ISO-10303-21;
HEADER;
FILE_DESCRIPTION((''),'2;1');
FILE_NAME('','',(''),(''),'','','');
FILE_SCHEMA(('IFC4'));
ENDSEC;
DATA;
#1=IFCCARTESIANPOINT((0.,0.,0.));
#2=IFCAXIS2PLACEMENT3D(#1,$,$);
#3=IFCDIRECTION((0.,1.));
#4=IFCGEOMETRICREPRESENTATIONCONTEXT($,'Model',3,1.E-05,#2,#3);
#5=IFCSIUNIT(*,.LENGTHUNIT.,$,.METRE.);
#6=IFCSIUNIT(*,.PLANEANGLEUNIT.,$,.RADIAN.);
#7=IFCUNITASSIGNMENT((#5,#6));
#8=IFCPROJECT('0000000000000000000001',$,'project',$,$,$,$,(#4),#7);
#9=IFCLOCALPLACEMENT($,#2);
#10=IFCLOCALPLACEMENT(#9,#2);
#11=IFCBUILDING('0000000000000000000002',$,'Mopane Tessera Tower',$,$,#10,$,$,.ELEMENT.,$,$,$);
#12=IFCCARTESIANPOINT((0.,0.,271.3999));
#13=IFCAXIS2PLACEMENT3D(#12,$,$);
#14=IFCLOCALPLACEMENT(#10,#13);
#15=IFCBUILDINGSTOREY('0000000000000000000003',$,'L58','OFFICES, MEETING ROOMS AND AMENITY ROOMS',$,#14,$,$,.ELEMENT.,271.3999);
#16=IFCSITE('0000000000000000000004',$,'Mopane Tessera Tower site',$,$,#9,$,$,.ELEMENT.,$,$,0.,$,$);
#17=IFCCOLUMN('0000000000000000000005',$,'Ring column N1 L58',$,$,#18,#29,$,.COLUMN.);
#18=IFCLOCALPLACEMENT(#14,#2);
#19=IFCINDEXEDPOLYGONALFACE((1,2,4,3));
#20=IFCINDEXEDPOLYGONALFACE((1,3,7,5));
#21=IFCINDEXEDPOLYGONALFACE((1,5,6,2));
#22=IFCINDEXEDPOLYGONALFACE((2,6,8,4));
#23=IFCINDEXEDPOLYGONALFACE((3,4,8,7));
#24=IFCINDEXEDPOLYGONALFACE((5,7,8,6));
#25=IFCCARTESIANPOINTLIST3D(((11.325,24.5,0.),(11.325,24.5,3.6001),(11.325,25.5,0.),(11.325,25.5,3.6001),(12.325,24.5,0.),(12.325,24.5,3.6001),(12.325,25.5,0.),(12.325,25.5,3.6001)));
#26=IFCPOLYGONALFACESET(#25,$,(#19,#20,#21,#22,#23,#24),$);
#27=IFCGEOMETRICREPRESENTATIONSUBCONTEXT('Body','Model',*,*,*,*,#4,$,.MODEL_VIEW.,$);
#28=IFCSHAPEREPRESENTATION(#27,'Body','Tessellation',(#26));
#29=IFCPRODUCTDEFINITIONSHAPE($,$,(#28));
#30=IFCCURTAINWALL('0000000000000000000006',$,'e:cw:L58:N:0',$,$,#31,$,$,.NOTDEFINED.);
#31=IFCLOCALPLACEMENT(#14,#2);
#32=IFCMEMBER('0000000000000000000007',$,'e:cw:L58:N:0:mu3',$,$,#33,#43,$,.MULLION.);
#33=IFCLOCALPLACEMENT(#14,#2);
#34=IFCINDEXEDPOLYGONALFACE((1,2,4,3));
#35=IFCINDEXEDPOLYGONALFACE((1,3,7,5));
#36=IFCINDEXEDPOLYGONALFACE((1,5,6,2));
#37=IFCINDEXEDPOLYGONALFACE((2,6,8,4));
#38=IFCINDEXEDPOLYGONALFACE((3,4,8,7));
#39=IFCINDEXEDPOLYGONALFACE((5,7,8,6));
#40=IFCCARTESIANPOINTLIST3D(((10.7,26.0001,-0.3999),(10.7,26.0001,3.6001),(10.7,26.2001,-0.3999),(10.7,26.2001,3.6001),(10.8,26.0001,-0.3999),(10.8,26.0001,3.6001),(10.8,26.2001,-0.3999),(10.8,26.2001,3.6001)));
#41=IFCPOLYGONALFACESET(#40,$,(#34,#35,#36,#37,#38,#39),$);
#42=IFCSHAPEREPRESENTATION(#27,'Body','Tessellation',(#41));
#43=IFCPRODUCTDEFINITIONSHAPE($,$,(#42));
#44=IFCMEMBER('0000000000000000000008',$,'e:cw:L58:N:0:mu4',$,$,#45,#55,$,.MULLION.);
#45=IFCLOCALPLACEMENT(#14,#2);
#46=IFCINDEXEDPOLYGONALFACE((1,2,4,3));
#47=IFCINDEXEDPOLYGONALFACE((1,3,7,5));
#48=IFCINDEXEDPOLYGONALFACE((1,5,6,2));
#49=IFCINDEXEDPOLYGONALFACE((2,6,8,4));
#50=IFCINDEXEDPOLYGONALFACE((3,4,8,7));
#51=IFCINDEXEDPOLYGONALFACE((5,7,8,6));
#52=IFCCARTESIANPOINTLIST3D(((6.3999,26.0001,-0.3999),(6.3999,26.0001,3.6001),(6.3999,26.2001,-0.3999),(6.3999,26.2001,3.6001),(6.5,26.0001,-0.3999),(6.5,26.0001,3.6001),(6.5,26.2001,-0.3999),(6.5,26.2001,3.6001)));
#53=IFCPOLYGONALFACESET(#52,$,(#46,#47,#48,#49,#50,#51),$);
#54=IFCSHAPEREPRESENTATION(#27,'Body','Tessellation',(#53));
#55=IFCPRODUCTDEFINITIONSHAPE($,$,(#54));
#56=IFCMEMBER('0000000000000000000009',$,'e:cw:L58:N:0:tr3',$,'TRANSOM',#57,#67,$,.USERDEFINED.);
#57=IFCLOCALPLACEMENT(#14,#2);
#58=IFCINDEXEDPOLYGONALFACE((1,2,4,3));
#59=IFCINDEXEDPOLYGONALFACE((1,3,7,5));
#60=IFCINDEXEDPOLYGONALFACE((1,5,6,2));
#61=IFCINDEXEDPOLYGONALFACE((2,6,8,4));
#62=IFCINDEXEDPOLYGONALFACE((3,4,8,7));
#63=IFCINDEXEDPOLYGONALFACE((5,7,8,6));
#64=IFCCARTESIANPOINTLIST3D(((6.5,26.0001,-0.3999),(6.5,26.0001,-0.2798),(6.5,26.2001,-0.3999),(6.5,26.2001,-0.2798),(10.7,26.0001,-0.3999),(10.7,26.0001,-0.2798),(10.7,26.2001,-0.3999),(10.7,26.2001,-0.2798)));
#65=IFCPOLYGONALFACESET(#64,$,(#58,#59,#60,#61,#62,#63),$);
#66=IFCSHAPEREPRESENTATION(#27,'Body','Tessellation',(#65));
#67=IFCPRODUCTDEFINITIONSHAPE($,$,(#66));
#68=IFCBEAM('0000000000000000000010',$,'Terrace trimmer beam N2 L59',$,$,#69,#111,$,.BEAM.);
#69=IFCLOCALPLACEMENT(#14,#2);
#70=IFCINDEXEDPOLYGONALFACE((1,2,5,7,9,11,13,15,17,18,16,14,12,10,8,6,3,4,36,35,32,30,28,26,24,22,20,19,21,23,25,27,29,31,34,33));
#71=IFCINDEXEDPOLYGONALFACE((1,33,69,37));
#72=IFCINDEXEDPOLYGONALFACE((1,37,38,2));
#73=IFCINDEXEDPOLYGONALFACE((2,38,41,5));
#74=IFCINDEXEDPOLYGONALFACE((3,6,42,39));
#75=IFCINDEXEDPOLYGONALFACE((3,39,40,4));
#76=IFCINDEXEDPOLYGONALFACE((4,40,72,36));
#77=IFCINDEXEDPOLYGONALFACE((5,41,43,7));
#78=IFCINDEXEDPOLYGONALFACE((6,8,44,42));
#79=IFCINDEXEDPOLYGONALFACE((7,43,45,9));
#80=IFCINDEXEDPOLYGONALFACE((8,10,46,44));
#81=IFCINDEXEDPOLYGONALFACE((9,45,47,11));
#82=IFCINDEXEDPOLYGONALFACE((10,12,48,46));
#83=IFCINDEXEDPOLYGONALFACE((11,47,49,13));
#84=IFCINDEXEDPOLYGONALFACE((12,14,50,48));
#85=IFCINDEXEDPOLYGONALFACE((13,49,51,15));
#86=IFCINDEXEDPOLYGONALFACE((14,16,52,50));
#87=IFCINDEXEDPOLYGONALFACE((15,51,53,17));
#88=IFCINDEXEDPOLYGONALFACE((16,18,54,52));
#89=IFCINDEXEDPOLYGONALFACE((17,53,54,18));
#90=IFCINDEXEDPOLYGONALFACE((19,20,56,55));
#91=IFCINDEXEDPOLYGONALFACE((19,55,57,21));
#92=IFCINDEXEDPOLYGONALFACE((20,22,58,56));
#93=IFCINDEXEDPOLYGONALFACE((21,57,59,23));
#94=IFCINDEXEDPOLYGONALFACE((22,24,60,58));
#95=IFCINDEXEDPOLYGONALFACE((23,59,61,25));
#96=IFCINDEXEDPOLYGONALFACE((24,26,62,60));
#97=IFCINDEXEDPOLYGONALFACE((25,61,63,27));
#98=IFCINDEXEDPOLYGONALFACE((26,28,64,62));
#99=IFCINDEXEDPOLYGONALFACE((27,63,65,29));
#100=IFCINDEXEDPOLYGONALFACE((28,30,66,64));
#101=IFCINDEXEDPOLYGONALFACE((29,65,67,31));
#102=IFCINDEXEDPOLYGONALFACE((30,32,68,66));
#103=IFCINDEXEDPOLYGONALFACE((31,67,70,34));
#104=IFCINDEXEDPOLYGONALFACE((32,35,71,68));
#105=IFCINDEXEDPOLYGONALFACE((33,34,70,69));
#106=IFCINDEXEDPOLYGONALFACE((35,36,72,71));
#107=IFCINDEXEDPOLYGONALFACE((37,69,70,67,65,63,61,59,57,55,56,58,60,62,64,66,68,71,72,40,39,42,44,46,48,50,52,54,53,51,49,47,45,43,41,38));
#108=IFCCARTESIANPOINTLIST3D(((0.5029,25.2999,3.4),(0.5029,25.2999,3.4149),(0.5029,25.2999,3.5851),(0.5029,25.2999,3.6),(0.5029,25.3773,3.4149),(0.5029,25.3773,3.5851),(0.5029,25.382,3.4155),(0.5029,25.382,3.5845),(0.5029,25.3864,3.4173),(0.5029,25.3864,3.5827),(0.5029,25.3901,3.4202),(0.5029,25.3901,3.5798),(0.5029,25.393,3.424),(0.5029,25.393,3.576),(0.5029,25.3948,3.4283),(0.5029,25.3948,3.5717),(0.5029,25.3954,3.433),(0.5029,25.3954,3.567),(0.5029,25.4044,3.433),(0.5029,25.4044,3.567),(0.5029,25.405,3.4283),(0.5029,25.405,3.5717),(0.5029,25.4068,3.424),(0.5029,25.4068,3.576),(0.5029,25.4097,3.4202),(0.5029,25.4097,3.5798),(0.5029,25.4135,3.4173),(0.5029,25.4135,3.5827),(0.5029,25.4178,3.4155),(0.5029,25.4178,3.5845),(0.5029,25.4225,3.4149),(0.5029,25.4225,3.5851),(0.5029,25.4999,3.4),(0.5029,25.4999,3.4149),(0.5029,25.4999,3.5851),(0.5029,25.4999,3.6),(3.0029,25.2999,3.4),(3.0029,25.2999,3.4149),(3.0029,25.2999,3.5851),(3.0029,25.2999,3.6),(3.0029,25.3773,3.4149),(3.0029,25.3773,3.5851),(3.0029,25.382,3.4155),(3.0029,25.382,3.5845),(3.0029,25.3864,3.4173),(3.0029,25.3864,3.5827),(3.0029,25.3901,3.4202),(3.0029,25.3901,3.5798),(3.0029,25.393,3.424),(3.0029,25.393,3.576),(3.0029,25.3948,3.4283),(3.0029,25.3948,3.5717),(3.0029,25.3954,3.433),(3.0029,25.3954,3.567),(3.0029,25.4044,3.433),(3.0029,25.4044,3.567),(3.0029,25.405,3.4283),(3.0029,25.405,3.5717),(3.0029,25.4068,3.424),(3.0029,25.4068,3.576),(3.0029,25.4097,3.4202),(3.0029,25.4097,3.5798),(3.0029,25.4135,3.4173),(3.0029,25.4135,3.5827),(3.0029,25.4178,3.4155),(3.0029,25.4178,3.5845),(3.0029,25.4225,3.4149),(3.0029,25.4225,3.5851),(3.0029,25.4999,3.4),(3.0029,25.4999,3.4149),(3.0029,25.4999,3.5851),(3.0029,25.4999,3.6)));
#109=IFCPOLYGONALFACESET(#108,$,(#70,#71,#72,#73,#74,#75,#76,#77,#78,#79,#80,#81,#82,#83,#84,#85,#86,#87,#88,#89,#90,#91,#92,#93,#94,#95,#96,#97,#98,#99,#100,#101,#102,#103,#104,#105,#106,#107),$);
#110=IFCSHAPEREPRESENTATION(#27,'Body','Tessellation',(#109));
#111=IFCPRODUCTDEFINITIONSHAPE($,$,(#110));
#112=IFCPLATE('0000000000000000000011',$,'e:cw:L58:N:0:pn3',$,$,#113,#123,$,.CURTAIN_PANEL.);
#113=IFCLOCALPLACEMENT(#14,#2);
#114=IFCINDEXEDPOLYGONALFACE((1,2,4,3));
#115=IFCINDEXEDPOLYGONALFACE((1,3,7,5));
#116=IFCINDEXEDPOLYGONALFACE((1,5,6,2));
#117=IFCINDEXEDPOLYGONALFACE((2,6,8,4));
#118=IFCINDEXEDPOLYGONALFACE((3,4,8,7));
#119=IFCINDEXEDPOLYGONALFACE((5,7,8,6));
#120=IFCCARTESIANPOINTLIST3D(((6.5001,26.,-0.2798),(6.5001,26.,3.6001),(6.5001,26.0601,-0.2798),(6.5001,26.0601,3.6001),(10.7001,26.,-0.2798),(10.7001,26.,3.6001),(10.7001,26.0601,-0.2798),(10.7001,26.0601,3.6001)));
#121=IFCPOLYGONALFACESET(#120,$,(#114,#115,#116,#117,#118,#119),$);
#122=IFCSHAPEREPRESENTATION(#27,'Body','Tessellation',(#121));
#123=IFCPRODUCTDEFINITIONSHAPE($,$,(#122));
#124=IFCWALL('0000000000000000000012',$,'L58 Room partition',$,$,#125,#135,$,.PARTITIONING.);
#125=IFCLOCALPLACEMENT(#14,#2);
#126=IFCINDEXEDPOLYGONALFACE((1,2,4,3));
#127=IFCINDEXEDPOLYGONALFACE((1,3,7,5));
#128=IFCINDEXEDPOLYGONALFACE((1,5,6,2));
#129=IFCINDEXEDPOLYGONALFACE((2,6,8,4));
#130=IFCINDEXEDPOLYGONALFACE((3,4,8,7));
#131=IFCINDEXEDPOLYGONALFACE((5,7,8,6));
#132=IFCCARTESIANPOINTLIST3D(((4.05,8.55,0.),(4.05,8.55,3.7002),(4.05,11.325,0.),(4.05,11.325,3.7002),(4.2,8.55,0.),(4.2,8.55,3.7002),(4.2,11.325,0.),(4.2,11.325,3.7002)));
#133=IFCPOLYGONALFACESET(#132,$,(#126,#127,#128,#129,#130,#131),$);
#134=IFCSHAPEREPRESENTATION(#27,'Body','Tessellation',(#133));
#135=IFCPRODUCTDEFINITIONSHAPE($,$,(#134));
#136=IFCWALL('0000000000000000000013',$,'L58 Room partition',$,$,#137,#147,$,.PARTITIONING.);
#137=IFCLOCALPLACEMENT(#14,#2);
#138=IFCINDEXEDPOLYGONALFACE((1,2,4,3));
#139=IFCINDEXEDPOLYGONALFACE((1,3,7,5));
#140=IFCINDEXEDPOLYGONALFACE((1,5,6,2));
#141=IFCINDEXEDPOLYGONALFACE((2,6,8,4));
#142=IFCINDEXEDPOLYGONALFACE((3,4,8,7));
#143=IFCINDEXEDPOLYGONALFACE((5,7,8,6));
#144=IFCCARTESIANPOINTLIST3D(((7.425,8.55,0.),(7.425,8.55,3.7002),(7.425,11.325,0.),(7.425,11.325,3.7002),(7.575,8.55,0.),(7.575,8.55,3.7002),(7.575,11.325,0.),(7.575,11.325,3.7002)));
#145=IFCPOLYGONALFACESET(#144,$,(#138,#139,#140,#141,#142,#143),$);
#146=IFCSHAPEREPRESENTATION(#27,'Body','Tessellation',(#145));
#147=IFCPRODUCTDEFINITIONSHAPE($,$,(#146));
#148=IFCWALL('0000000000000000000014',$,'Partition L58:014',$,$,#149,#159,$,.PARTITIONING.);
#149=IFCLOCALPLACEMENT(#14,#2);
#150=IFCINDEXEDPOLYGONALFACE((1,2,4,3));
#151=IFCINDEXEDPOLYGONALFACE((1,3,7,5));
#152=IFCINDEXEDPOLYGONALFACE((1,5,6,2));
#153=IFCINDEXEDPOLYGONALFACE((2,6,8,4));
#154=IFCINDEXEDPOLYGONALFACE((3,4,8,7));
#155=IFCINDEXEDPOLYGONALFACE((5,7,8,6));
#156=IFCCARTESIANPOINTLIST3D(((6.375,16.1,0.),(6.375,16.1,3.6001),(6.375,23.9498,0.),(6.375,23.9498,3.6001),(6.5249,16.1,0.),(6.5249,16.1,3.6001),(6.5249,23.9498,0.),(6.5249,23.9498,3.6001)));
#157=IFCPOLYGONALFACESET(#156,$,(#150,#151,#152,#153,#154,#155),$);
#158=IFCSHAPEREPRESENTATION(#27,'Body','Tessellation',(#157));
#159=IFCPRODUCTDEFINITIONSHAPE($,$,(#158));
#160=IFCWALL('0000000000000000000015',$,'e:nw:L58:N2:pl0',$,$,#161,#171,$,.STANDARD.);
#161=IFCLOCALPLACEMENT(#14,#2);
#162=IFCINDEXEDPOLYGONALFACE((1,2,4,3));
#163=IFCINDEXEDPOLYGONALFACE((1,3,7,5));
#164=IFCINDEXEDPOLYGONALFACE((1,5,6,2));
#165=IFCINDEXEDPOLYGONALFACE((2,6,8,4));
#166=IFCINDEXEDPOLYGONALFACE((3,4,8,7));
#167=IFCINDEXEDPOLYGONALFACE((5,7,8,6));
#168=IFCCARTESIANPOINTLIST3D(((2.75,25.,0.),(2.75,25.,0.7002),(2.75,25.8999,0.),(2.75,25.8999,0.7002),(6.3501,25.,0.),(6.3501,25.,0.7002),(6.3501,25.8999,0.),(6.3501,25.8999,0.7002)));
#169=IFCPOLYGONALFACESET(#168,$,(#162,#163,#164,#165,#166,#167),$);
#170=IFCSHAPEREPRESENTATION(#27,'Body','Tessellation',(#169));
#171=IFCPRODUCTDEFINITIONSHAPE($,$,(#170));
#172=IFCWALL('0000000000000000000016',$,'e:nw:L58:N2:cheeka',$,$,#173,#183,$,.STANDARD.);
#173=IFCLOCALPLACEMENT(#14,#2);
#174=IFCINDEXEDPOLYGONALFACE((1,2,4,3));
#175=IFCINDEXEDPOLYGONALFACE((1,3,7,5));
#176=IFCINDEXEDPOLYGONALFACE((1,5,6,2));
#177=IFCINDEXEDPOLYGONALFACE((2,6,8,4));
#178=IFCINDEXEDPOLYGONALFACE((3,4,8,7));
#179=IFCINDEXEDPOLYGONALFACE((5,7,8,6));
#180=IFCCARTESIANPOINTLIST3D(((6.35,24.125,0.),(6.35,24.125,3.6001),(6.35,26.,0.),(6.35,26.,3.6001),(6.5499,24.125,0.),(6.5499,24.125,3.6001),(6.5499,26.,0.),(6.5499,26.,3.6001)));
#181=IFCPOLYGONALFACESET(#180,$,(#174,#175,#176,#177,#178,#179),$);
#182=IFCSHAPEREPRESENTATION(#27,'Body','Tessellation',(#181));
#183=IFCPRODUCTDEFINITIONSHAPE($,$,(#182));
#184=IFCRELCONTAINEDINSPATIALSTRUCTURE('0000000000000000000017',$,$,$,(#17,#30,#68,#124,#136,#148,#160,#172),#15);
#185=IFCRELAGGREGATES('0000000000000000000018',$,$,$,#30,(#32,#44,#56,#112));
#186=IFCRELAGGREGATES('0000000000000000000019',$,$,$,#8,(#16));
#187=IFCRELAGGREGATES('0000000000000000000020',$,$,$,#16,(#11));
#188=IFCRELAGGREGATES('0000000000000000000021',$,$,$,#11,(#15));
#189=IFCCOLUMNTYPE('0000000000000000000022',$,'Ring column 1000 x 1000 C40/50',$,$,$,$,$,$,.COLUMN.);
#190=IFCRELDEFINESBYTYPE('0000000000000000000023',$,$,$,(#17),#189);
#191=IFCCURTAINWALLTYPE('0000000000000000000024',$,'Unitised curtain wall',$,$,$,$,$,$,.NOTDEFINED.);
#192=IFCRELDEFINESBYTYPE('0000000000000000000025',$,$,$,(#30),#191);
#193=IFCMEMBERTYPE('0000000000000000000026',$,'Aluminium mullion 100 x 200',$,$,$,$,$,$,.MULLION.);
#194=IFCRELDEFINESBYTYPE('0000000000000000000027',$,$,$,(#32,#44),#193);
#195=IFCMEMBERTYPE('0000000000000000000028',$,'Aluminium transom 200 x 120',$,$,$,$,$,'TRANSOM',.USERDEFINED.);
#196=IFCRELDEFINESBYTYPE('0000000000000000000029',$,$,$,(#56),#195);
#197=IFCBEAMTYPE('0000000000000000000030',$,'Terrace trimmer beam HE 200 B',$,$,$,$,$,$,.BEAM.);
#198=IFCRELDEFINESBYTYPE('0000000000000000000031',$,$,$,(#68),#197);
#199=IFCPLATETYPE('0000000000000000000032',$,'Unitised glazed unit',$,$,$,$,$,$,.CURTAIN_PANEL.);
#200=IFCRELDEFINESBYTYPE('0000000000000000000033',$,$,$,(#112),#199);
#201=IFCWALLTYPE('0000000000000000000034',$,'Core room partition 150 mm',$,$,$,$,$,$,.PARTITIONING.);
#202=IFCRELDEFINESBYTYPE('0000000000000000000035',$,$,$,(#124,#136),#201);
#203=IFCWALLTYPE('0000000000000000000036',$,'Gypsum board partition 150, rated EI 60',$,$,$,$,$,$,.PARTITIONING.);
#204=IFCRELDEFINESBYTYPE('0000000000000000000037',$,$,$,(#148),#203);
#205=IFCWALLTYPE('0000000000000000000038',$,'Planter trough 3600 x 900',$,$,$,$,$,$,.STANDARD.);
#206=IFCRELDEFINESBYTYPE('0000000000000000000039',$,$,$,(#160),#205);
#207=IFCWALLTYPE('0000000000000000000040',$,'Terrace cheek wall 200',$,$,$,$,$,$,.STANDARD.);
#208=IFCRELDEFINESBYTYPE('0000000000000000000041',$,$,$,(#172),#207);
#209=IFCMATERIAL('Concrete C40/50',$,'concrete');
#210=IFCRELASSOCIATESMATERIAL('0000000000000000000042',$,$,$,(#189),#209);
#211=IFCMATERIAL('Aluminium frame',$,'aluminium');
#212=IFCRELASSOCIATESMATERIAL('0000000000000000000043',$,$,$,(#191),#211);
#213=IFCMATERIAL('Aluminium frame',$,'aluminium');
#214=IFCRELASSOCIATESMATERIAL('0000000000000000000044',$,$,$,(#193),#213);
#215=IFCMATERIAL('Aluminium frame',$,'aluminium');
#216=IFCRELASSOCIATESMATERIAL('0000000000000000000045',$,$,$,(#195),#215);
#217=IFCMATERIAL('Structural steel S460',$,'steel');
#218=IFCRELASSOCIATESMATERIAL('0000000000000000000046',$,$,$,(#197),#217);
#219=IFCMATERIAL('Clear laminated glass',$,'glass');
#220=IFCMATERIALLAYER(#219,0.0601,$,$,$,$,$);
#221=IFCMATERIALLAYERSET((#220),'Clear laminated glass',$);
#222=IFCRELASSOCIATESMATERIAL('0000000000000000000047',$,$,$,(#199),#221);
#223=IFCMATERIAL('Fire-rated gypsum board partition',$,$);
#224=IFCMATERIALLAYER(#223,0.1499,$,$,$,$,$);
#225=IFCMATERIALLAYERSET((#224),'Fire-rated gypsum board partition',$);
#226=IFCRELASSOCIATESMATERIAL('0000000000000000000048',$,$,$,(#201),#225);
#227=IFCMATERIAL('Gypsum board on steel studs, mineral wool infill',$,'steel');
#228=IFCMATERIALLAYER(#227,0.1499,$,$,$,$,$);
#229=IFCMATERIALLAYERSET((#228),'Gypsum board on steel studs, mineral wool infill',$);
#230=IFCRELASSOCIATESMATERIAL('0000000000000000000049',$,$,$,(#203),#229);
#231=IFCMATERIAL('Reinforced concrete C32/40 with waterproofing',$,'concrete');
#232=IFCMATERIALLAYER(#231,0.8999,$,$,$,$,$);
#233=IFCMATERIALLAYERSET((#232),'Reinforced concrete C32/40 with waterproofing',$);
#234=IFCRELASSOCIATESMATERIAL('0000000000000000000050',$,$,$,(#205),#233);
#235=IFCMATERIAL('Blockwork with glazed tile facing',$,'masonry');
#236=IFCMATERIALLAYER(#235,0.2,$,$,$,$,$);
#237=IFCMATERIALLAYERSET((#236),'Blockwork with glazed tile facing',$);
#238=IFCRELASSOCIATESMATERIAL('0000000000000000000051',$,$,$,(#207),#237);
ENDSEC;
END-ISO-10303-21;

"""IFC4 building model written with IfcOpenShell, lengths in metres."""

from ifc_helpers import new_model, si_unit, direction, frame, frame_2d, origin, origin_2d, place, context, subcontext, project, spatial, rectangle, i_section, extrude, material, layer, layer_set, material_profile, profile_set, type_object, element, aggregate, save


model = new_model("IFC4")

# Units and contexts
model_context = context("Model", 3, precision=1e-05, world=origin(), true_north=direction((0.0, 1.0)))
body_context = subcontext(model_context, "Body", "Model", "MODEL_VIEW")
ifc_project = project(units=[si_unit("LENGTHUNIT", "METRE"), si_unit("PLANEANGLEUNIT", "RADIAN")], contexts=[model_context])

# Site, building, storey
site_placement = place(None, origin())
site = spatial("IfcSite", under=ifc_project, at=site_placement, Name="Mopane Tessera Tower site", CompositionType="ELEMENT", RefElevation=0.0)
building_placement = place(site_placement, origin())
building = spatial("IfcBuilding", under=site, at=building_placement, Name="Mopane Tessera Tower", CompositionType="ELEMENT")
storey_placement = place(building_placement, frame((0.0, 0.0, 271.3999)))
storey = spatial("IfcBuildingStorey", under=building, at=storey_placement, Name="L58", Description="OFFICES, MEETING ROOMS AND AMENITY ROOMS", CompositionType="ELEMENT", Elevation=271.3999)

# Column
ifc_material_1 = material(Name="Concrete C40/50", Category="concrete")
ifc_material_profile_1 = material_profile(ifc_material_1, rectangle(XDim=1.0, YDim=1.0, at=origin_2d()))
ifc_profile_set_1 = profile_set([ifc_material_profile_1], Name="Concrete C40/50")
column_type = type_object("IfcColumnType", Name="Ring column 1000 x 1000 C40/50", PredefinedType="COLUMN", material=ifc_profile_set_1)
column_placement = place(storey_placement, frame((11.825, 25.0, 0.0), z_axis=(0.0, 0.0, 1.0), x_axis=(1.0, 0.0, 0.0)))
element("IfcColumn", 1, at=column_placement, inside=storey, type_object=column_type, Name="Ring column N1 L58", PredefinedType="COLUMN", context=body_context, shape_type="SweptSolid", body=[
    extrude(rectangle(XDim=1.0, YDim=1.0, at=origin_2d()), origin(), (0.0, 0.0, 1.0), 3.6001),
])

# Curtain wall, members
ifc_material_2 = material(Name="Aluminium frame", Category="aluminium")
curtain_wall_type = type_object("IfcCurtainWallType", Name="Unitised curtain wall", PredefinedType="NOTDEFINED", material=ifc_material_2)
curtain_wall_placement = place(storey_placement, origin())
curtain_wall = element("IfcCurtainWall", 2, at=curtain_wall_placement, inside=storey, type_object=curtain_wall_type, Name="e:cw:L58:N:0", PredefinedType="NOTDEFINED")
ifc_material_3 = material(Name="Aluminium frame", Category="aluminium")
ifc_material_profile_2 = material_profile(ifc_material_3, rectangle(XDim=0.1001, YDim=0.2, at=origin_2d()))
ifc_profile_set_2 = profile_set([ifc_material_profile_2], Name="Aluminium frame")
member_type_1 = type_object("IfcMemberType", Name="Aluminium mullion 100 x 200", PredefinedType="MULLION", material=ifc_profile_set_2)
member_1_placement = place(storey_placement, frame((10.75, 26.1001, -0.3999), z_axis=(0.0, 0.0, 1.0), x_axis=(-1.0, 0.0, 0.0)))
member_1 = element("IfcMember", 3, at=member_1_placement, type_object=member_type_1, Name="e:cw:L58:N:0:mu3", PredefinedType="MULLION", context=body_context, shape_type="SweptSolid", body=[
    extrude(rectangle(XDim=0.1001, YDim=0.2, at=origin_2d()), origin(), (0.0, 0.0, 1.0), 4.0),
])
member_2_placement = place(storey_placement, frame((6.45, 26.1001, -0.3999), z_axis=(0.0, 0.0, 1.0), x_axis=(-1.0, 0.0, 0.0)))
member_2 = element("IfcMember", 4, at=member_2_placement, type_object=member_type_1, Name="e:cw:L58:N:0:mu4", PredefinedType="MULLION", context=body_context, shape_type="SweptSolid", body=[
    extrude(rectangle(XDim=0.1001, YDim=0.2, at=origin_2d()), origin(), (0.0, 0.0, 1.0), 4.0),
])
ifc_material_4 = material(Name="Aluminium frame", Category="aluminium")
ifc_material_profile_3 = material_profile(ifc_material_4, rectangle(XDim=0.2, YDim=0.1201, at=origin_2d()))
ifc_profile_set_3 = profile_set([ifc_material_profile_3], Name="Aluminium frame")
member_type_2 = type_object("IfcMemberType", Name="Aluminium transom 200 x 120", ElementType="TRANSOM", PredefinedType="USERDEFINED", material=ifc_profile_set_3)
member_3_placement = place(storey_placement, frame((10.7, 26.1001, -0.3398), z_axis=(-1.0, 0.0, 0.0), x_axis=(0.0, -1.0, 0.0)))
member_3 = element("IfcMember", 5, at=member_3_placement, type_object=member_type_2, Name="e:cw:L58:N:0:tr3", ObjectType="TRANSOM", PredefinedType="USERDEFINED", context=body_context, shape_type="SweptSolid", body=[
    extrude(rectangle(XDim=0.2, YDim=0.1201, at=origin_2d()), origin(), (0.0, 0.0, 1.0), 4.2),
])

# Beam
ifc_material_5 = material(Name="Structural steel S460", Category="steel")
ifc_material_profile_4 = material_profile(ifc_material_5, i_section(OverallWidth=0.2, OverallDepth=0.2, WebThickness=0.009, FlangeThickness=0.0149, FilletRadius=0.0181, at=origin_2d()))
ifc_profile_set_4 = profile_set([ifc_material_profile_4], Name="Structural steel S460")
beam_type = type_object("IfcBeamType", Name="Terrace trimmer beam HE 200 B", PredefinedType="BEAM", material=ifc_profile_set_4)
beam_placement = place(storey_placement, frame((0.5029, 25.3999, 3.5), z_axis=(1.0, 0.0, 0.0), x_axis=(0.0, 1.0, 0.0)))
element("IfcBeam", 6, at=beam_placement, inside=storey, type_object=beam_type, Name="Terrace trimmer beam N2 L59", PredefinedType="BEAM", context=body_context, shape_type="SweptSolid", body=[
    extrude(i_section(OverallWidth=0.2, OverallDepth=0.2, WebThickness=0.009, FlangeThickness=0.0149, FilletRadius=0.0181, at=origin_2d()), origin(), (0.0, 0.0, 1.0), 2.5),
])

# Plate
ifc_material_6 = material(Name="Clear laminated glass", Category="glass")
ifc_layer_1 = layer(ifc_material_6, 0.0601)
ifc_layer_set_1 = layer_set([ifc_layer_1], Name="Clear laminated glass")
plate_type = type_object("IfcPlateType", Name="Unitised glazed unit", PredefinedType="CURTAIN_PANEL", material=ifc_layer_set_1)
plate_placement = place(storey_placement, frame((8.6001, 26.03, -0.2798), z_axis=(0.0, 0.0, 1.0), x_axis=(-1.0, 0.0, 0.0)))
plate = element("IfcPlate", 7, at=plate_placement, type_object=plate_type, Name="e:cw:L58:N:0:pn3", PredefinedType="CURTAIN_PANEL", context=body_context, shape_type="SweptSolid", body=[
    extrude(rectangle(XDim=4.2, YDim=0.0601, at=origin_2d()), origin(), (0.0, 0.0, 1.0), 3.8799),
])
aggregate(curtain_wall, [member_1, member_2, member_3, plate])

# Walls
ifc_material_7 = material(Name="Fire-rated gypsum board partition")
ifc_layer_2 = layer(ifc_material_7, 0.1499)
ifc_layer_set_2 = layer_set([ifc_layer_2], Name="Fire-rated gypsum board partition")
wall_type_1 = type_object("IfcWallType", Name="Core room partition 150 mm", PredefinedType="PARTITIONING", material=ifc_layer_set_2)
for number, where, z_axis, x_axis, name in (
    (8, (4.125, 8.55, 0.0), (0.0, 0.0, 1.0), (0.0, 1.0, 0.0), "L58 Room partition"),
    (9, (7.5, 8.55, 0.0), (0.0, 0.0, 1.0), (0.0, 1.0, 0.0), "L58 Room partition"),
):
    element("IfcWall", number, at=place(storey_placement, frame(where, z_axis=z_axis, x_axis=x_axis)), inside=storey, type_object=wall_type_1, Name=name, PredefinedType="PARTITIONING", context=body_context, shape_type="SweptSolid", body=[
        extrude(rectangle(XDim=2.7749, YDim=0.1499, at=frame_2d((1.3875, 0.0))), origin(), (0.0, 0.0, 1.0), 3.7002),
    ])
ifc_material_8 = material(Name="Gypsum board on steel studs, mineral wool infill", Category="steel")
ifc_layer_3 = layer(ifc_material_8, 0.1499)
ifc_layer_set_3 = layer_set([ifc_layer_3], Name="Gypsum board on steel studs, mineral wool infill")
wall_type_2 = type_object("IfcWallType", Name="Gypsum board partition 150, rated EI 60", PredefinedType="PARTITIONING", material=ifc_layer_set_3)
wall_1_placement = place(storey_placement, frame((6.45, 16.1001, 0.0), z_axis=(0.0, 0.0, 1.0), x_axis=(0.0, 1.0, 0.0)))
element("IfcWall", 10, at=wall_1_placement, inside=storey, type_object=wall_type_2, Name="Partition L58:014", PredefinedType="PARTITIONING", context=body_context, shape_type="SweptSolid", body=[
    extrude(rectangle(XDim=7.8499, YDim=0.1499, at=frame_2d((3.9248, 0.0))), origin(), (0.0, 0.0, 1.0), 3.6001),
])
ifc_material_9 = material(Name="Reinforced concrete C32/40 with waterproofing", Category="concrete")
ifc_layer_4 = layer(ifc_material_9, 0.8999)
ifc_layer_set_4 = layer_set([ifc_layer_4], Name="Reinforced concrete C32/40 with waterproofing")
wall_type_3 = type_object("IfcWallType", Name="Planter trough 3600 x 900", PredefinedType="STANDARD", material=ifc_layer_set_4)
wall_2_placement = place(storey_placement, frame((6.3501, 25.45, 0.0), z_axis=(0.0, 0.0, 1.0), x_axis=(-1.0, 0.0, 0.0)))
element("IfcWall", 11, at=wall_2_placement, inside=storey, type_object=wall_type_3, Name="e:nw:L58:N2:pl0", PredefinedType="STANDARD", context=body_context, shape_type="SweptSolid", body=[
    extrude(rectangle(XDim=3.6001, YDim=0.8999, at=frame_2d((1.8, 0.0))), origin(), (0.0, 0.0, 1.0), 0.7002),
])
ifc_material_10 = material(Name="Blockwork with glazed tile facing", Category="masonry")
ifc_layer_5 = layer(ifc_material_10, 0.2)
ifc_layer_set_5 = layer_set([ifc_layer_5], Name="Blockwork with glazed tile facing")
wall_type_4 = type_object("IfcWallType", Name="Terrace cheek wall 200", PredefinedType="STANDARD", material=ifc_layer_set_5)
wall_3_placement = place(storey_placement, frame((6.45, 26.0, 0.0), z_axis=(0.0, 0.0, 1.0), x_axis=(0.0, -1.0, 0.0)))
element("IfcWall", 12, at=wall_3_placement, inside=storey, type_object=wall_type_4, Name="e:nw:L58:N2:cheeka", PredefinedType="STANDARD", context=body_context, shape_type="SweptSolid", body=[
    extrude(rectangle(XDim=1.875, YDim=0.2, at=frame_2d((0.9375, 0.0))), origin(), (0.0, 0.0, 1.0), 3.6001),
])

save(model, "model.ifc")
